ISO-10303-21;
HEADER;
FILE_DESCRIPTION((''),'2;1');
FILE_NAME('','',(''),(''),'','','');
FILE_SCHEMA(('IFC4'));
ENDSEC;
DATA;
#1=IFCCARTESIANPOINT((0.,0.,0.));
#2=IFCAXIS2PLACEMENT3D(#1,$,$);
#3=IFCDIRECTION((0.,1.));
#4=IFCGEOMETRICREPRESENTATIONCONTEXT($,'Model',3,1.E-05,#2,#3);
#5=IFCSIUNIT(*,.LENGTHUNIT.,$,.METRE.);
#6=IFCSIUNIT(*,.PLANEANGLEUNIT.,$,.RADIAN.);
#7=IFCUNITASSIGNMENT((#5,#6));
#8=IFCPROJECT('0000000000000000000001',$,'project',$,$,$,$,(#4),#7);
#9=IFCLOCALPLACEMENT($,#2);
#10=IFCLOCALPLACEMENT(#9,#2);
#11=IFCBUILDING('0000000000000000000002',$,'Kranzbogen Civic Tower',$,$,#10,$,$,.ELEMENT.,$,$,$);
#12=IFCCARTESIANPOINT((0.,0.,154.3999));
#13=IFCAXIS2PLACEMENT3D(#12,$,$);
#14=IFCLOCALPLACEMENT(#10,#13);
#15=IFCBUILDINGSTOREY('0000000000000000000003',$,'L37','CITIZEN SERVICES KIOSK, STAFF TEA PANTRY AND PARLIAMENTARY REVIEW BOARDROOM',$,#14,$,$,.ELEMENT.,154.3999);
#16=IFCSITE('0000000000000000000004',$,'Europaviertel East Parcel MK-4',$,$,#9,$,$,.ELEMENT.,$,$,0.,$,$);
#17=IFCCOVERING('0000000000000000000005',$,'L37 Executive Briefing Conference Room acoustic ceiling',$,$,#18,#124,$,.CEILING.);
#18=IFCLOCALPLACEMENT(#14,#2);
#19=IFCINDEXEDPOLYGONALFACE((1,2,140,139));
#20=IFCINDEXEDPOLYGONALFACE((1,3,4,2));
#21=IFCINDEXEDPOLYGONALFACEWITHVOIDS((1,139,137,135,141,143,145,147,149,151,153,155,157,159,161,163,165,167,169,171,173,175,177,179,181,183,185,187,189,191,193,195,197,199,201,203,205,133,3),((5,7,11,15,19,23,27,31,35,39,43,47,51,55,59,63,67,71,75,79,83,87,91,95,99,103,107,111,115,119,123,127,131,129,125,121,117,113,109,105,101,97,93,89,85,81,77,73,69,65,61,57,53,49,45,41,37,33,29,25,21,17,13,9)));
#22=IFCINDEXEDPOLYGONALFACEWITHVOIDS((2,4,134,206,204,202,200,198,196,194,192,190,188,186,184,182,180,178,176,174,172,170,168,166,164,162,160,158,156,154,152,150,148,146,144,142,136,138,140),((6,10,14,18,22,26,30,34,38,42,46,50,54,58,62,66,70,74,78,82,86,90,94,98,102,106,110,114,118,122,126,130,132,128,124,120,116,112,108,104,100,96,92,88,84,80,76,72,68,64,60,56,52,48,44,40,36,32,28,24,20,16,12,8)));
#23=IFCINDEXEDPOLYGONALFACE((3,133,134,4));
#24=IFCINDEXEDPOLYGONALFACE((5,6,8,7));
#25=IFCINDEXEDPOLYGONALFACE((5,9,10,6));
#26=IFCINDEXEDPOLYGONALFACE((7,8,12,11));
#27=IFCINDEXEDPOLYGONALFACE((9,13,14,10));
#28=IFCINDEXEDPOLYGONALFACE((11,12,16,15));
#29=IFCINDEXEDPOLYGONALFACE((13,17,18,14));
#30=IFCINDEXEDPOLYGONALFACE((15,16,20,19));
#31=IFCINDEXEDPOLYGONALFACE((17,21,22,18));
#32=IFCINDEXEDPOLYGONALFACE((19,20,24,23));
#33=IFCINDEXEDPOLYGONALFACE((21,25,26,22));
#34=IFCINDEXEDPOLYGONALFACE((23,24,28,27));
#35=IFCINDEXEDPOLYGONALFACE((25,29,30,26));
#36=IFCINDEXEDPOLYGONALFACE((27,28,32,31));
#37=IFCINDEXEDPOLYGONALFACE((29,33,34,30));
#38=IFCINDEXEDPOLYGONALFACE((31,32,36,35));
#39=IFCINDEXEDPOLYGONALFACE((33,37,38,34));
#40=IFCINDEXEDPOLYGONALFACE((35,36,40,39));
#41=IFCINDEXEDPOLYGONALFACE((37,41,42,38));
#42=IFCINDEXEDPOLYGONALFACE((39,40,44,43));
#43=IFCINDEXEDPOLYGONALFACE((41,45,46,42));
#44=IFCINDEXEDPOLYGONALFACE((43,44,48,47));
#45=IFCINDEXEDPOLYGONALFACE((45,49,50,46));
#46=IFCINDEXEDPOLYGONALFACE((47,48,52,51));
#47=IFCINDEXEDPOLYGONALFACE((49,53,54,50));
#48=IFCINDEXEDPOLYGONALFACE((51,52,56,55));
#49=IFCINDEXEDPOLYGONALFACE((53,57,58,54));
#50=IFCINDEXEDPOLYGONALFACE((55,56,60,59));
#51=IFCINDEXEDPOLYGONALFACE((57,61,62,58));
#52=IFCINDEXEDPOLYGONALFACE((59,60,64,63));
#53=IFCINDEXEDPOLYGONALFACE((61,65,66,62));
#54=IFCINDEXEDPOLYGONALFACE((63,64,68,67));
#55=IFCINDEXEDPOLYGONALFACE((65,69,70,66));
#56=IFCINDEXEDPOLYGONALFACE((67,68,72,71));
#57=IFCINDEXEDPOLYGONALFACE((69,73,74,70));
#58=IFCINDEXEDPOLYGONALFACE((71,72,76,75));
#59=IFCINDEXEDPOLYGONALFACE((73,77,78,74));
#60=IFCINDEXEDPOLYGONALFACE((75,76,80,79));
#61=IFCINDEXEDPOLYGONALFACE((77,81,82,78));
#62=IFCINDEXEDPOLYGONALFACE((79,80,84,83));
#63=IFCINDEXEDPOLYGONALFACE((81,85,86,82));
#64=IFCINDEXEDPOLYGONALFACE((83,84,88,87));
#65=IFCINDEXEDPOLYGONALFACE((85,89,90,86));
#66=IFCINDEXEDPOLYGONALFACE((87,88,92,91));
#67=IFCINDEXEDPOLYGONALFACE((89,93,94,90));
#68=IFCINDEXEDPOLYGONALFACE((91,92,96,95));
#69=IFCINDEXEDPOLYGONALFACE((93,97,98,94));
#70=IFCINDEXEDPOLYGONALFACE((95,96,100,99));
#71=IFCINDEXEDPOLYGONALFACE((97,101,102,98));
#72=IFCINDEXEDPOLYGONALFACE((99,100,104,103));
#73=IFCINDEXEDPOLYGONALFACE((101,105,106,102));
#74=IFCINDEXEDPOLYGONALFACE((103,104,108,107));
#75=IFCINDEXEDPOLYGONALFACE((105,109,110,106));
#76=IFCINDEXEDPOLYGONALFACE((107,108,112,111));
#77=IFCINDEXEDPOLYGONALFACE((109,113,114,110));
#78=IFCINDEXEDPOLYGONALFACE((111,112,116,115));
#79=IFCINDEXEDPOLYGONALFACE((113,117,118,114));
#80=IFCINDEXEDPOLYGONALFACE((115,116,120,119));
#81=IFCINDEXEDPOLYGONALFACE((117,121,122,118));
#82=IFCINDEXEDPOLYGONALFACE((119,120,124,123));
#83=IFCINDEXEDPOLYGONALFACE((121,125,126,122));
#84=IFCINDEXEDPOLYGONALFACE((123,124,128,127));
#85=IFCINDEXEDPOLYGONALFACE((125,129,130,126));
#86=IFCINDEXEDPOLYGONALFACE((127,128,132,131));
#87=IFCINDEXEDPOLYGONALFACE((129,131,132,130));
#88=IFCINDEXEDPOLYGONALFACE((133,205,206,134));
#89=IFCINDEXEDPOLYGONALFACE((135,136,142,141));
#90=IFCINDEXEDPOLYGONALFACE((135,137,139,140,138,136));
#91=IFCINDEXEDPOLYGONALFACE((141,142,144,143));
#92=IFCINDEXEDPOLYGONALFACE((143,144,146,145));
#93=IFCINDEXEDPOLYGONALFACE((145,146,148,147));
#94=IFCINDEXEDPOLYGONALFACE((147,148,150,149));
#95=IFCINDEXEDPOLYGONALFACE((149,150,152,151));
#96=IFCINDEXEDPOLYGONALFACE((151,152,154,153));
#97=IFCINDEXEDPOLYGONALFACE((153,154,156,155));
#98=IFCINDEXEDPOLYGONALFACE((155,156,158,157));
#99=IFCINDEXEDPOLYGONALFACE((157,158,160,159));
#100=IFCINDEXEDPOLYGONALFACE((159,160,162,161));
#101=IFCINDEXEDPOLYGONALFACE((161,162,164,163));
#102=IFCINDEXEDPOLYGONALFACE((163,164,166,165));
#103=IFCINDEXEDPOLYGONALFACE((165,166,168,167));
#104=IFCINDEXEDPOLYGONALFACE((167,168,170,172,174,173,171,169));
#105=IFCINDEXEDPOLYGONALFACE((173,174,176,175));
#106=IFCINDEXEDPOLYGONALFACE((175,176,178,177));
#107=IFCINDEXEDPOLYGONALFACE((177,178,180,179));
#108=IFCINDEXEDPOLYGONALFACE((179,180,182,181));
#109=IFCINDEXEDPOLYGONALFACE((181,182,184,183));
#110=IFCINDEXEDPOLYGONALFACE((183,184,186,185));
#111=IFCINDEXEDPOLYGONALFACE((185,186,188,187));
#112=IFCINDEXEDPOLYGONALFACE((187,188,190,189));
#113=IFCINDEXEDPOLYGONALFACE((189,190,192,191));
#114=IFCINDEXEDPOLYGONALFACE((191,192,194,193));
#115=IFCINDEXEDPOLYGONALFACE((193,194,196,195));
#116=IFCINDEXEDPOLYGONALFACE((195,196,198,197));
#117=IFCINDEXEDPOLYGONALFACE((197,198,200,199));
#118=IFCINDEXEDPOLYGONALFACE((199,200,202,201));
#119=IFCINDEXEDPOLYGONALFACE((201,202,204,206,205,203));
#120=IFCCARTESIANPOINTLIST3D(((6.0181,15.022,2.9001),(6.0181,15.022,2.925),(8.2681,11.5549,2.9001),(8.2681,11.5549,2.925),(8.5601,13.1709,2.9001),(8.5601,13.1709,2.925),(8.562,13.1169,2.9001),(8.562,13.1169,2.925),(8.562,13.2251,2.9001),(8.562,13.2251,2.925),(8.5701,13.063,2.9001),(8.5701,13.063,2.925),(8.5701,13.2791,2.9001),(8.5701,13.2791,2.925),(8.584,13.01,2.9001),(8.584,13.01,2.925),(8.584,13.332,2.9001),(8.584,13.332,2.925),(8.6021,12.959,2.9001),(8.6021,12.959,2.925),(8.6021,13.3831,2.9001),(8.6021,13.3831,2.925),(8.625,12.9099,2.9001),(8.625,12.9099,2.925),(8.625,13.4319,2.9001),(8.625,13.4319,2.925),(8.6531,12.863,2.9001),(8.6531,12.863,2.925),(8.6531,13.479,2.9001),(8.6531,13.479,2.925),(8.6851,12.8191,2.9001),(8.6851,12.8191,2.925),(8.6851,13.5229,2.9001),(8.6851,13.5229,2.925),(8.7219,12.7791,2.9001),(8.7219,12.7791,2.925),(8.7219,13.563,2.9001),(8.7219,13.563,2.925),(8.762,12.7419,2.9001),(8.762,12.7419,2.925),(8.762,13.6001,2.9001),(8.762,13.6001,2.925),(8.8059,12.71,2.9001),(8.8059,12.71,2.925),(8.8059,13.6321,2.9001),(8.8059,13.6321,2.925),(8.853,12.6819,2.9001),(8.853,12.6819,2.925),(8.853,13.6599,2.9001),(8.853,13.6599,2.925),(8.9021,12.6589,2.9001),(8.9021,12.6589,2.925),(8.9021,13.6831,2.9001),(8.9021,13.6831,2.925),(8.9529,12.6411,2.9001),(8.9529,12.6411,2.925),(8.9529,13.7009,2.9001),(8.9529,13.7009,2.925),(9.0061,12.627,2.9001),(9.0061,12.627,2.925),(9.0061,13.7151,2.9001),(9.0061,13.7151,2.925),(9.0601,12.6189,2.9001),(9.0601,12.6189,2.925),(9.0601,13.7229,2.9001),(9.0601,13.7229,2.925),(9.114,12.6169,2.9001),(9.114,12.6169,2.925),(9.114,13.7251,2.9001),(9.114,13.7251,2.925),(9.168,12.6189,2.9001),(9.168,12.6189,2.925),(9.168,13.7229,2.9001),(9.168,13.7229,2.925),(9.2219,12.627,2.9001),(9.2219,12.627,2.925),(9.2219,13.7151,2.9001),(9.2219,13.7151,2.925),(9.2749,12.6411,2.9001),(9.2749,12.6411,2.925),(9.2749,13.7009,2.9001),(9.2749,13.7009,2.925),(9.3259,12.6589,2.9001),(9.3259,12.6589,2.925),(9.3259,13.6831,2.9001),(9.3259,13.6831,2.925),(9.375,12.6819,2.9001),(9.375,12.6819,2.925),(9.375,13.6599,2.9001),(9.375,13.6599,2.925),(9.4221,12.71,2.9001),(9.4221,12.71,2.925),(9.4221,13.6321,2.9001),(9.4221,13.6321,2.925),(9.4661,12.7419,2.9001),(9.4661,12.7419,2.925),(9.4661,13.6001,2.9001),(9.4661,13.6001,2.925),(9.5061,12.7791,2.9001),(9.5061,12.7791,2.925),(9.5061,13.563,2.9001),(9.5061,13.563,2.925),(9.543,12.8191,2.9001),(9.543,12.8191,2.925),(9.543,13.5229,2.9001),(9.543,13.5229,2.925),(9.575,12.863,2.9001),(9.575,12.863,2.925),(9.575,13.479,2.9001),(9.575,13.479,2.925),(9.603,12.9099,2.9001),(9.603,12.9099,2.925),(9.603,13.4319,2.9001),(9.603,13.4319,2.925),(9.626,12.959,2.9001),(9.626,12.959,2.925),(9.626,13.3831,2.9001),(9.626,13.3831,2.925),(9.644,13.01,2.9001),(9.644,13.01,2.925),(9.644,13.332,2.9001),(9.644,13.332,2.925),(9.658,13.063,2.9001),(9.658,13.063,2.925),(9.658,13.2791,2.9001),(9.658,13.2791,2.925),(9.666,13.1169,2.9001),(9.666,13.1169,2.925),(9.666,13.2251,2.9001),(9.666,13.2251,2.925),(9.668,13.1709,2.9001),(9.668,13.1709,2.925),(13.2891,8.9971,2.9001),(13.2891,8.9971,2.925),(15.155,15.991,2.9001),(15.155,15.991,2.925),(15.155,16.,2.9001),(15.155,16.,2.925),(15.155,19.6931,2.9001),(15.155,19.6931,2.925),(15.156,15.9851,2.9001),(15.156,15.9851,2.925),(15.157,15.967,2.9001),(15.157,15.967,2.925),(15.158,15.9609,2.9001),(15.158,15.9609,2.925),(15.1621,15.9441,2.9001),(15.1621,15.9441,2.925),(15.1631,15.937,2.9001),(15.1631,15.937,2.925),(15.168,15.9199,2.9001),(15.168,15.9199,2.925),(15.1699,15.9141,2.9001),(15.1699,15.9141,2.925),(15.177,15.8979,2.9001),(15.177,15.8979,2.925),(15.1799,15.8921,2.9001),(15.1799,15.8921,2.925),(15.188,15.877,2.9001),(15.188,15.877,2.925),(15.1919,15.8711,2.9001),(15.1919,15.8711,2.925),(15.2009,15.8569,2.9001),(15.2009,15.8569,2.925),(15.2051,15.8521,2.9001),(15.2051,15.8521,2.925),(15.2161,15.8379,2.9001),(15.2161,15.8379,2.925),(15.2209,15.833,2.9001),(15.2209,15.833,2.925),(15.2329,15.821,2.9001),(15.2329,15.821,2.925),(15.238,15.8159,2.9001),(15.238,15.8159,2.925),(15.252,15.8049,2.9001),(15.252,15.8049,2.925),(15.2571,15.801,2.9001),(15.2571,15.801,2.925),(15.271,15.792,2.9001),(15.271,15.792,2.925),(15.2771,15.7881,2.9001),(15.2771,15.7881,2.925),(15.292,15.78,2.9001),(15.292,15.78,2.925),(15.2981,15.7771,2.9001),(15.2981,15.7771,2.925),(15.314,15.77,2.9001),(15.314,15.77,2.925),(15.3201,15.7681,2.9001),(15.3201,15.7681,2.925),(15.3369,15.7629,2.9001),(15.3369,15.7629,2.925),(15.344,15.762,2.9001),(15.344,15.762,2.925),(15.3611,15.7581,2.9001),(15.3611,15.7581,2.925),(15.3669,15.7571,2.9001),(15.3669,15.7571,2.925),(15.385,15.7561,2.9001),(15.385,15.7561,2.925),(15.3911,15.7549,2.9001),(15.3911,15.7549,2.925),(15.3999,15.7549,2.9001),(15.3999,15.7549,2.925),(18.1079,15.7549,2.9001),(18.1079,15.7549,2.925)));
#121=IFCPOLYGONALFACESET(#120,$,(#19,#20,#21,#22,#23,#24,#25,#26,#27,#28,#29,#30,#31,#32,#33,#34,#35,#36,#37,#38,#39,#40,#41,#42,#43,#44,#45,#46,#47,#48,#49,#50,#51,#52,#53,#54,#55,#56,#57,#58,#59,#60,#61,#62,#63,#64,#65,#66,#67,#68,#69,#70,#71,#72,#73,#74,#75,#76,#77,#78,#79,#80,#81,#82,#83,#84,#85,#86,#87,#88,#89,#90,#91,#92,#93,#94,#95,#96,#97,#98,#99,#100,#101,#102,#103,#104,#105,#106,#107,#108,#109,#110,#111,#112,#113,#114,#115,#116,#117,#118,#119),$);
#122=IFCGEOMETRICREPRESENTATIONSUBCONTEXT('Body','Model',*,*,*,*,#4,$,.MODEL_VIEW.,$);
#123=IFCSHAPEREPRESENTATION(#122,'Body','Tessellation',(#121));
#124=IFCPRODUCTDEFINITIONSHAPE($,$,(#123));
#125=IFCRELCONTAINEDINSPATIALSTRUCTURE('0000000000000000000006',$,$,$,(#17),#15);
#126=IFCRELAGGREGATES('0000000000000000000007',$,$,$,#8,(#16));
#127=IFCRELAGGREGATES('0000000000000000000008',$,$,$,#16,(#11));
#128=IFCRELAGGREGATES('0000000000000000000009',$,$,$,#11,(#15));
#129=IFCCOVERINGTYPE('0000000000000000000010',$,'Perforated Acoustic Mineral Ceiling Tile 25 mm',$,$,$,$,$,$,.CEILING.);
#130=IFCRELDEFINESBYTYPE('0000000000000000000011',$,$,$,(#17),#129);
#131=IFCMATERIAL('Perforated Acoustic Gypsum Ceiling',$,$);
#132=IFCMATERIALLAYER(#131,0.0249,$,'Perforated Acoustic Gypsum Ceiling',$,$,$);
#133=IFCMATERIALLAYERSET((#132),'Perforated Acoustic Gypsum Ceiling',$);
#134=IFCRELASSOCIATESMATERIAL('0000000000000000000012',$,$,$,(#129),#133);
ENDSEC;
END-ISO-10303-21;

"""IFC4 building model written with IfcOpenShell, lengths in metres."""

from ifc_helpers import new_model, si_unit, direction, frame, origin, place, context, subcontext, project, spatial, polyline, outline, extrude, material, layer, layer_set, type_object, element, save


model = new_model("IFC4")

# Units and contexts
model_context = context("Model", 3, precision=1e-05, world=origin(), true_north=direction((0.0, 1.0)))
body_context = subcontext(model_context, "Body", "Model", "MODEL_VIEW")
ifc_project = project(units=[si_unit("LENGTHUNIT", "METRE"), si_unit("PLANEANGLEUNIT", "RADIAN")], contexts=[model_context])

# Site, building, storey
site_placement = place(None, origin())
site = spatial("IfcSite", under=ifc_project, at=site_placement, Name="Europaviertel East Parcel MK-4", CompositionType="ELEMENT", RefElevation=0.0)
building_placement = place(site_placement, origin())
building = spatial("IfcBuilding", under=site, at=building_placement, Name="Kranzbogen Civic Tower", CompositionType="ELEMENT")
storey_placement = place(building_placement, frame((0.0, 0.0, 154.3999)))
storey = spatial("IfcBuildingStorey", under=building, at=storey_placement, Name="L37", Description="CITIZEN SERVICES KIOSK, STAFF TEA PANTRY AND PARLIAMENTARY REVIEW BOARDROOM", CompositionType="ELEMENT", Elevation=154.3999)

# Covering
ifc_material_1 = material(Name="Perforated Acoustic Gypsum Ceiling")
ifc_layer_1 = layer(ifc_material_1, 0.0249, Name="Perforated Acoustic Gypsum Ceiling")
ifc_layer_set_1 = layer_set([ifc_layer_1], Name="Perforated Acoustic Gypsum Ceiling")
covering_type_1 = type_object("IfcCoveringType", Name="Perforated Acoustic Mineral Ceiling Tile 25 mm", PredefinedType="CEILING", material=ifc_layer_set_1)
covering_1_placement = place(storey_placement, frame((0.0, 0.0, 2.9001)))
element("IfcCovering", 1, at=covering_1_placement, inside=storey, type_object=covering_type_1, Name="L37 Executive Briefing Conference Room acoustic ceiling", PredefinedType="CEILING", context=body_context, shape_type="SweptSolid", body=[
    extrude(outline(polyline([(6.0181, 15.022), (15.155, 19.6931), (15.155, 16.0), (15.155, 15.991), (15.156, 15.9851), (15.157, 15.967), (15.158, 15.9609), (15.1621, 15.9441), (15.1631, 15.937), (15.168, 15.9199), (15.1699, 15.9141), (15.177, 15.8979), (15.1799, 15.8921), (15.188, 15.877), (15.1919, 15.8711), (15.2009, 15.8569), (15.2051, 15.8521), (15.2161, 15.8379), (15.2209, 15.833), (15.2329, 15.821), (15.238, 15.8159), (15.252, 15.8049), (15.2571, 15.801), (15.271, 15.792), (15.2771, 15.7881), (15.292, 15.78), (15.2981, 15.7771), (15.314, 15.77), (15.3201, 15.7681), (15.3369, 15.7629), (15.344, 15.762), (15.3611, 15.7581), (15.3669, 15.7571), (15.385, 15.7561), (15.3911, 15.7549), (15.3999, 15.7549), (18.1079, 15.7549), (13.2891, 8.9971), (8.2681, 11.5549), (6.0181, 15.022)]), holes=[polyline([(9.626, 12.959), (9.603, 12.9099), (9.575, 12.863), (9.543, 12.8191), (9.5061, 12.7791), (9.4661, 12.7419), (9.4221, 12.71), (9.375, 12.6819), (9.3259, 12.6589), (9.2749, 12.6411), (9.2219, 12.627), (9.168, 12.6189), (9.114, 12.6169), (9.0601, 12.6189), (9.0061, 12.627), (8.9529, 12.6411), (8.9021, 12.6589), (8.853, 12.6819), (8.8059, 12.71), (8.762, 12.7419), (8.7219, 12.7791), (8.6851, 12.8191), (8.6531, 12.863), (8.625, 12.9099), (8.6021, 12.959), (8.584, 13.01), (8.5701, 13.063), (8.562, 13.1169), (8.5601, 13.1709), (8.562, 13.2251), (8.5701, 13.2791), (8.584, 13.332), (8.6021, 13.3831), (8.625, 13.4319), (8.6531, 13.479), (8.6851, 13.5229), (8.7219, 13.563), (8.762, 13.6001), (8.8059, 13.6321), (8.853, 13.6599), (8.9021, 13.6831), (8.9529, 13.7009), (9.0061, 13.7151), (9.0601, 13.7229), (9.114, 13.7251), (9.168, 13.7229), (9.2219, 13.7151), (9.2749, 13.7009), (9.3259, 13.6831), (9.375, 13.6599), (9.4221, 13.6321), (9.4661, 13.6001), (9.5061, 13.563), (9.543, 13.5229), (9.575, 13.479), (9.603, 13.4319), (9.626, 13.3831), (9.644, 13.332), (9.658, 13.2791), (9.666, 13.2251), (9.668, 13.1709), (9.666, 13.1169), (9.658, 13.063), (9.644, 13.01), (9.626, 12.959)])]), origin(), (0.0, 0.0, 1.0), 0.0249),
])

save(model, "model.ifc")
